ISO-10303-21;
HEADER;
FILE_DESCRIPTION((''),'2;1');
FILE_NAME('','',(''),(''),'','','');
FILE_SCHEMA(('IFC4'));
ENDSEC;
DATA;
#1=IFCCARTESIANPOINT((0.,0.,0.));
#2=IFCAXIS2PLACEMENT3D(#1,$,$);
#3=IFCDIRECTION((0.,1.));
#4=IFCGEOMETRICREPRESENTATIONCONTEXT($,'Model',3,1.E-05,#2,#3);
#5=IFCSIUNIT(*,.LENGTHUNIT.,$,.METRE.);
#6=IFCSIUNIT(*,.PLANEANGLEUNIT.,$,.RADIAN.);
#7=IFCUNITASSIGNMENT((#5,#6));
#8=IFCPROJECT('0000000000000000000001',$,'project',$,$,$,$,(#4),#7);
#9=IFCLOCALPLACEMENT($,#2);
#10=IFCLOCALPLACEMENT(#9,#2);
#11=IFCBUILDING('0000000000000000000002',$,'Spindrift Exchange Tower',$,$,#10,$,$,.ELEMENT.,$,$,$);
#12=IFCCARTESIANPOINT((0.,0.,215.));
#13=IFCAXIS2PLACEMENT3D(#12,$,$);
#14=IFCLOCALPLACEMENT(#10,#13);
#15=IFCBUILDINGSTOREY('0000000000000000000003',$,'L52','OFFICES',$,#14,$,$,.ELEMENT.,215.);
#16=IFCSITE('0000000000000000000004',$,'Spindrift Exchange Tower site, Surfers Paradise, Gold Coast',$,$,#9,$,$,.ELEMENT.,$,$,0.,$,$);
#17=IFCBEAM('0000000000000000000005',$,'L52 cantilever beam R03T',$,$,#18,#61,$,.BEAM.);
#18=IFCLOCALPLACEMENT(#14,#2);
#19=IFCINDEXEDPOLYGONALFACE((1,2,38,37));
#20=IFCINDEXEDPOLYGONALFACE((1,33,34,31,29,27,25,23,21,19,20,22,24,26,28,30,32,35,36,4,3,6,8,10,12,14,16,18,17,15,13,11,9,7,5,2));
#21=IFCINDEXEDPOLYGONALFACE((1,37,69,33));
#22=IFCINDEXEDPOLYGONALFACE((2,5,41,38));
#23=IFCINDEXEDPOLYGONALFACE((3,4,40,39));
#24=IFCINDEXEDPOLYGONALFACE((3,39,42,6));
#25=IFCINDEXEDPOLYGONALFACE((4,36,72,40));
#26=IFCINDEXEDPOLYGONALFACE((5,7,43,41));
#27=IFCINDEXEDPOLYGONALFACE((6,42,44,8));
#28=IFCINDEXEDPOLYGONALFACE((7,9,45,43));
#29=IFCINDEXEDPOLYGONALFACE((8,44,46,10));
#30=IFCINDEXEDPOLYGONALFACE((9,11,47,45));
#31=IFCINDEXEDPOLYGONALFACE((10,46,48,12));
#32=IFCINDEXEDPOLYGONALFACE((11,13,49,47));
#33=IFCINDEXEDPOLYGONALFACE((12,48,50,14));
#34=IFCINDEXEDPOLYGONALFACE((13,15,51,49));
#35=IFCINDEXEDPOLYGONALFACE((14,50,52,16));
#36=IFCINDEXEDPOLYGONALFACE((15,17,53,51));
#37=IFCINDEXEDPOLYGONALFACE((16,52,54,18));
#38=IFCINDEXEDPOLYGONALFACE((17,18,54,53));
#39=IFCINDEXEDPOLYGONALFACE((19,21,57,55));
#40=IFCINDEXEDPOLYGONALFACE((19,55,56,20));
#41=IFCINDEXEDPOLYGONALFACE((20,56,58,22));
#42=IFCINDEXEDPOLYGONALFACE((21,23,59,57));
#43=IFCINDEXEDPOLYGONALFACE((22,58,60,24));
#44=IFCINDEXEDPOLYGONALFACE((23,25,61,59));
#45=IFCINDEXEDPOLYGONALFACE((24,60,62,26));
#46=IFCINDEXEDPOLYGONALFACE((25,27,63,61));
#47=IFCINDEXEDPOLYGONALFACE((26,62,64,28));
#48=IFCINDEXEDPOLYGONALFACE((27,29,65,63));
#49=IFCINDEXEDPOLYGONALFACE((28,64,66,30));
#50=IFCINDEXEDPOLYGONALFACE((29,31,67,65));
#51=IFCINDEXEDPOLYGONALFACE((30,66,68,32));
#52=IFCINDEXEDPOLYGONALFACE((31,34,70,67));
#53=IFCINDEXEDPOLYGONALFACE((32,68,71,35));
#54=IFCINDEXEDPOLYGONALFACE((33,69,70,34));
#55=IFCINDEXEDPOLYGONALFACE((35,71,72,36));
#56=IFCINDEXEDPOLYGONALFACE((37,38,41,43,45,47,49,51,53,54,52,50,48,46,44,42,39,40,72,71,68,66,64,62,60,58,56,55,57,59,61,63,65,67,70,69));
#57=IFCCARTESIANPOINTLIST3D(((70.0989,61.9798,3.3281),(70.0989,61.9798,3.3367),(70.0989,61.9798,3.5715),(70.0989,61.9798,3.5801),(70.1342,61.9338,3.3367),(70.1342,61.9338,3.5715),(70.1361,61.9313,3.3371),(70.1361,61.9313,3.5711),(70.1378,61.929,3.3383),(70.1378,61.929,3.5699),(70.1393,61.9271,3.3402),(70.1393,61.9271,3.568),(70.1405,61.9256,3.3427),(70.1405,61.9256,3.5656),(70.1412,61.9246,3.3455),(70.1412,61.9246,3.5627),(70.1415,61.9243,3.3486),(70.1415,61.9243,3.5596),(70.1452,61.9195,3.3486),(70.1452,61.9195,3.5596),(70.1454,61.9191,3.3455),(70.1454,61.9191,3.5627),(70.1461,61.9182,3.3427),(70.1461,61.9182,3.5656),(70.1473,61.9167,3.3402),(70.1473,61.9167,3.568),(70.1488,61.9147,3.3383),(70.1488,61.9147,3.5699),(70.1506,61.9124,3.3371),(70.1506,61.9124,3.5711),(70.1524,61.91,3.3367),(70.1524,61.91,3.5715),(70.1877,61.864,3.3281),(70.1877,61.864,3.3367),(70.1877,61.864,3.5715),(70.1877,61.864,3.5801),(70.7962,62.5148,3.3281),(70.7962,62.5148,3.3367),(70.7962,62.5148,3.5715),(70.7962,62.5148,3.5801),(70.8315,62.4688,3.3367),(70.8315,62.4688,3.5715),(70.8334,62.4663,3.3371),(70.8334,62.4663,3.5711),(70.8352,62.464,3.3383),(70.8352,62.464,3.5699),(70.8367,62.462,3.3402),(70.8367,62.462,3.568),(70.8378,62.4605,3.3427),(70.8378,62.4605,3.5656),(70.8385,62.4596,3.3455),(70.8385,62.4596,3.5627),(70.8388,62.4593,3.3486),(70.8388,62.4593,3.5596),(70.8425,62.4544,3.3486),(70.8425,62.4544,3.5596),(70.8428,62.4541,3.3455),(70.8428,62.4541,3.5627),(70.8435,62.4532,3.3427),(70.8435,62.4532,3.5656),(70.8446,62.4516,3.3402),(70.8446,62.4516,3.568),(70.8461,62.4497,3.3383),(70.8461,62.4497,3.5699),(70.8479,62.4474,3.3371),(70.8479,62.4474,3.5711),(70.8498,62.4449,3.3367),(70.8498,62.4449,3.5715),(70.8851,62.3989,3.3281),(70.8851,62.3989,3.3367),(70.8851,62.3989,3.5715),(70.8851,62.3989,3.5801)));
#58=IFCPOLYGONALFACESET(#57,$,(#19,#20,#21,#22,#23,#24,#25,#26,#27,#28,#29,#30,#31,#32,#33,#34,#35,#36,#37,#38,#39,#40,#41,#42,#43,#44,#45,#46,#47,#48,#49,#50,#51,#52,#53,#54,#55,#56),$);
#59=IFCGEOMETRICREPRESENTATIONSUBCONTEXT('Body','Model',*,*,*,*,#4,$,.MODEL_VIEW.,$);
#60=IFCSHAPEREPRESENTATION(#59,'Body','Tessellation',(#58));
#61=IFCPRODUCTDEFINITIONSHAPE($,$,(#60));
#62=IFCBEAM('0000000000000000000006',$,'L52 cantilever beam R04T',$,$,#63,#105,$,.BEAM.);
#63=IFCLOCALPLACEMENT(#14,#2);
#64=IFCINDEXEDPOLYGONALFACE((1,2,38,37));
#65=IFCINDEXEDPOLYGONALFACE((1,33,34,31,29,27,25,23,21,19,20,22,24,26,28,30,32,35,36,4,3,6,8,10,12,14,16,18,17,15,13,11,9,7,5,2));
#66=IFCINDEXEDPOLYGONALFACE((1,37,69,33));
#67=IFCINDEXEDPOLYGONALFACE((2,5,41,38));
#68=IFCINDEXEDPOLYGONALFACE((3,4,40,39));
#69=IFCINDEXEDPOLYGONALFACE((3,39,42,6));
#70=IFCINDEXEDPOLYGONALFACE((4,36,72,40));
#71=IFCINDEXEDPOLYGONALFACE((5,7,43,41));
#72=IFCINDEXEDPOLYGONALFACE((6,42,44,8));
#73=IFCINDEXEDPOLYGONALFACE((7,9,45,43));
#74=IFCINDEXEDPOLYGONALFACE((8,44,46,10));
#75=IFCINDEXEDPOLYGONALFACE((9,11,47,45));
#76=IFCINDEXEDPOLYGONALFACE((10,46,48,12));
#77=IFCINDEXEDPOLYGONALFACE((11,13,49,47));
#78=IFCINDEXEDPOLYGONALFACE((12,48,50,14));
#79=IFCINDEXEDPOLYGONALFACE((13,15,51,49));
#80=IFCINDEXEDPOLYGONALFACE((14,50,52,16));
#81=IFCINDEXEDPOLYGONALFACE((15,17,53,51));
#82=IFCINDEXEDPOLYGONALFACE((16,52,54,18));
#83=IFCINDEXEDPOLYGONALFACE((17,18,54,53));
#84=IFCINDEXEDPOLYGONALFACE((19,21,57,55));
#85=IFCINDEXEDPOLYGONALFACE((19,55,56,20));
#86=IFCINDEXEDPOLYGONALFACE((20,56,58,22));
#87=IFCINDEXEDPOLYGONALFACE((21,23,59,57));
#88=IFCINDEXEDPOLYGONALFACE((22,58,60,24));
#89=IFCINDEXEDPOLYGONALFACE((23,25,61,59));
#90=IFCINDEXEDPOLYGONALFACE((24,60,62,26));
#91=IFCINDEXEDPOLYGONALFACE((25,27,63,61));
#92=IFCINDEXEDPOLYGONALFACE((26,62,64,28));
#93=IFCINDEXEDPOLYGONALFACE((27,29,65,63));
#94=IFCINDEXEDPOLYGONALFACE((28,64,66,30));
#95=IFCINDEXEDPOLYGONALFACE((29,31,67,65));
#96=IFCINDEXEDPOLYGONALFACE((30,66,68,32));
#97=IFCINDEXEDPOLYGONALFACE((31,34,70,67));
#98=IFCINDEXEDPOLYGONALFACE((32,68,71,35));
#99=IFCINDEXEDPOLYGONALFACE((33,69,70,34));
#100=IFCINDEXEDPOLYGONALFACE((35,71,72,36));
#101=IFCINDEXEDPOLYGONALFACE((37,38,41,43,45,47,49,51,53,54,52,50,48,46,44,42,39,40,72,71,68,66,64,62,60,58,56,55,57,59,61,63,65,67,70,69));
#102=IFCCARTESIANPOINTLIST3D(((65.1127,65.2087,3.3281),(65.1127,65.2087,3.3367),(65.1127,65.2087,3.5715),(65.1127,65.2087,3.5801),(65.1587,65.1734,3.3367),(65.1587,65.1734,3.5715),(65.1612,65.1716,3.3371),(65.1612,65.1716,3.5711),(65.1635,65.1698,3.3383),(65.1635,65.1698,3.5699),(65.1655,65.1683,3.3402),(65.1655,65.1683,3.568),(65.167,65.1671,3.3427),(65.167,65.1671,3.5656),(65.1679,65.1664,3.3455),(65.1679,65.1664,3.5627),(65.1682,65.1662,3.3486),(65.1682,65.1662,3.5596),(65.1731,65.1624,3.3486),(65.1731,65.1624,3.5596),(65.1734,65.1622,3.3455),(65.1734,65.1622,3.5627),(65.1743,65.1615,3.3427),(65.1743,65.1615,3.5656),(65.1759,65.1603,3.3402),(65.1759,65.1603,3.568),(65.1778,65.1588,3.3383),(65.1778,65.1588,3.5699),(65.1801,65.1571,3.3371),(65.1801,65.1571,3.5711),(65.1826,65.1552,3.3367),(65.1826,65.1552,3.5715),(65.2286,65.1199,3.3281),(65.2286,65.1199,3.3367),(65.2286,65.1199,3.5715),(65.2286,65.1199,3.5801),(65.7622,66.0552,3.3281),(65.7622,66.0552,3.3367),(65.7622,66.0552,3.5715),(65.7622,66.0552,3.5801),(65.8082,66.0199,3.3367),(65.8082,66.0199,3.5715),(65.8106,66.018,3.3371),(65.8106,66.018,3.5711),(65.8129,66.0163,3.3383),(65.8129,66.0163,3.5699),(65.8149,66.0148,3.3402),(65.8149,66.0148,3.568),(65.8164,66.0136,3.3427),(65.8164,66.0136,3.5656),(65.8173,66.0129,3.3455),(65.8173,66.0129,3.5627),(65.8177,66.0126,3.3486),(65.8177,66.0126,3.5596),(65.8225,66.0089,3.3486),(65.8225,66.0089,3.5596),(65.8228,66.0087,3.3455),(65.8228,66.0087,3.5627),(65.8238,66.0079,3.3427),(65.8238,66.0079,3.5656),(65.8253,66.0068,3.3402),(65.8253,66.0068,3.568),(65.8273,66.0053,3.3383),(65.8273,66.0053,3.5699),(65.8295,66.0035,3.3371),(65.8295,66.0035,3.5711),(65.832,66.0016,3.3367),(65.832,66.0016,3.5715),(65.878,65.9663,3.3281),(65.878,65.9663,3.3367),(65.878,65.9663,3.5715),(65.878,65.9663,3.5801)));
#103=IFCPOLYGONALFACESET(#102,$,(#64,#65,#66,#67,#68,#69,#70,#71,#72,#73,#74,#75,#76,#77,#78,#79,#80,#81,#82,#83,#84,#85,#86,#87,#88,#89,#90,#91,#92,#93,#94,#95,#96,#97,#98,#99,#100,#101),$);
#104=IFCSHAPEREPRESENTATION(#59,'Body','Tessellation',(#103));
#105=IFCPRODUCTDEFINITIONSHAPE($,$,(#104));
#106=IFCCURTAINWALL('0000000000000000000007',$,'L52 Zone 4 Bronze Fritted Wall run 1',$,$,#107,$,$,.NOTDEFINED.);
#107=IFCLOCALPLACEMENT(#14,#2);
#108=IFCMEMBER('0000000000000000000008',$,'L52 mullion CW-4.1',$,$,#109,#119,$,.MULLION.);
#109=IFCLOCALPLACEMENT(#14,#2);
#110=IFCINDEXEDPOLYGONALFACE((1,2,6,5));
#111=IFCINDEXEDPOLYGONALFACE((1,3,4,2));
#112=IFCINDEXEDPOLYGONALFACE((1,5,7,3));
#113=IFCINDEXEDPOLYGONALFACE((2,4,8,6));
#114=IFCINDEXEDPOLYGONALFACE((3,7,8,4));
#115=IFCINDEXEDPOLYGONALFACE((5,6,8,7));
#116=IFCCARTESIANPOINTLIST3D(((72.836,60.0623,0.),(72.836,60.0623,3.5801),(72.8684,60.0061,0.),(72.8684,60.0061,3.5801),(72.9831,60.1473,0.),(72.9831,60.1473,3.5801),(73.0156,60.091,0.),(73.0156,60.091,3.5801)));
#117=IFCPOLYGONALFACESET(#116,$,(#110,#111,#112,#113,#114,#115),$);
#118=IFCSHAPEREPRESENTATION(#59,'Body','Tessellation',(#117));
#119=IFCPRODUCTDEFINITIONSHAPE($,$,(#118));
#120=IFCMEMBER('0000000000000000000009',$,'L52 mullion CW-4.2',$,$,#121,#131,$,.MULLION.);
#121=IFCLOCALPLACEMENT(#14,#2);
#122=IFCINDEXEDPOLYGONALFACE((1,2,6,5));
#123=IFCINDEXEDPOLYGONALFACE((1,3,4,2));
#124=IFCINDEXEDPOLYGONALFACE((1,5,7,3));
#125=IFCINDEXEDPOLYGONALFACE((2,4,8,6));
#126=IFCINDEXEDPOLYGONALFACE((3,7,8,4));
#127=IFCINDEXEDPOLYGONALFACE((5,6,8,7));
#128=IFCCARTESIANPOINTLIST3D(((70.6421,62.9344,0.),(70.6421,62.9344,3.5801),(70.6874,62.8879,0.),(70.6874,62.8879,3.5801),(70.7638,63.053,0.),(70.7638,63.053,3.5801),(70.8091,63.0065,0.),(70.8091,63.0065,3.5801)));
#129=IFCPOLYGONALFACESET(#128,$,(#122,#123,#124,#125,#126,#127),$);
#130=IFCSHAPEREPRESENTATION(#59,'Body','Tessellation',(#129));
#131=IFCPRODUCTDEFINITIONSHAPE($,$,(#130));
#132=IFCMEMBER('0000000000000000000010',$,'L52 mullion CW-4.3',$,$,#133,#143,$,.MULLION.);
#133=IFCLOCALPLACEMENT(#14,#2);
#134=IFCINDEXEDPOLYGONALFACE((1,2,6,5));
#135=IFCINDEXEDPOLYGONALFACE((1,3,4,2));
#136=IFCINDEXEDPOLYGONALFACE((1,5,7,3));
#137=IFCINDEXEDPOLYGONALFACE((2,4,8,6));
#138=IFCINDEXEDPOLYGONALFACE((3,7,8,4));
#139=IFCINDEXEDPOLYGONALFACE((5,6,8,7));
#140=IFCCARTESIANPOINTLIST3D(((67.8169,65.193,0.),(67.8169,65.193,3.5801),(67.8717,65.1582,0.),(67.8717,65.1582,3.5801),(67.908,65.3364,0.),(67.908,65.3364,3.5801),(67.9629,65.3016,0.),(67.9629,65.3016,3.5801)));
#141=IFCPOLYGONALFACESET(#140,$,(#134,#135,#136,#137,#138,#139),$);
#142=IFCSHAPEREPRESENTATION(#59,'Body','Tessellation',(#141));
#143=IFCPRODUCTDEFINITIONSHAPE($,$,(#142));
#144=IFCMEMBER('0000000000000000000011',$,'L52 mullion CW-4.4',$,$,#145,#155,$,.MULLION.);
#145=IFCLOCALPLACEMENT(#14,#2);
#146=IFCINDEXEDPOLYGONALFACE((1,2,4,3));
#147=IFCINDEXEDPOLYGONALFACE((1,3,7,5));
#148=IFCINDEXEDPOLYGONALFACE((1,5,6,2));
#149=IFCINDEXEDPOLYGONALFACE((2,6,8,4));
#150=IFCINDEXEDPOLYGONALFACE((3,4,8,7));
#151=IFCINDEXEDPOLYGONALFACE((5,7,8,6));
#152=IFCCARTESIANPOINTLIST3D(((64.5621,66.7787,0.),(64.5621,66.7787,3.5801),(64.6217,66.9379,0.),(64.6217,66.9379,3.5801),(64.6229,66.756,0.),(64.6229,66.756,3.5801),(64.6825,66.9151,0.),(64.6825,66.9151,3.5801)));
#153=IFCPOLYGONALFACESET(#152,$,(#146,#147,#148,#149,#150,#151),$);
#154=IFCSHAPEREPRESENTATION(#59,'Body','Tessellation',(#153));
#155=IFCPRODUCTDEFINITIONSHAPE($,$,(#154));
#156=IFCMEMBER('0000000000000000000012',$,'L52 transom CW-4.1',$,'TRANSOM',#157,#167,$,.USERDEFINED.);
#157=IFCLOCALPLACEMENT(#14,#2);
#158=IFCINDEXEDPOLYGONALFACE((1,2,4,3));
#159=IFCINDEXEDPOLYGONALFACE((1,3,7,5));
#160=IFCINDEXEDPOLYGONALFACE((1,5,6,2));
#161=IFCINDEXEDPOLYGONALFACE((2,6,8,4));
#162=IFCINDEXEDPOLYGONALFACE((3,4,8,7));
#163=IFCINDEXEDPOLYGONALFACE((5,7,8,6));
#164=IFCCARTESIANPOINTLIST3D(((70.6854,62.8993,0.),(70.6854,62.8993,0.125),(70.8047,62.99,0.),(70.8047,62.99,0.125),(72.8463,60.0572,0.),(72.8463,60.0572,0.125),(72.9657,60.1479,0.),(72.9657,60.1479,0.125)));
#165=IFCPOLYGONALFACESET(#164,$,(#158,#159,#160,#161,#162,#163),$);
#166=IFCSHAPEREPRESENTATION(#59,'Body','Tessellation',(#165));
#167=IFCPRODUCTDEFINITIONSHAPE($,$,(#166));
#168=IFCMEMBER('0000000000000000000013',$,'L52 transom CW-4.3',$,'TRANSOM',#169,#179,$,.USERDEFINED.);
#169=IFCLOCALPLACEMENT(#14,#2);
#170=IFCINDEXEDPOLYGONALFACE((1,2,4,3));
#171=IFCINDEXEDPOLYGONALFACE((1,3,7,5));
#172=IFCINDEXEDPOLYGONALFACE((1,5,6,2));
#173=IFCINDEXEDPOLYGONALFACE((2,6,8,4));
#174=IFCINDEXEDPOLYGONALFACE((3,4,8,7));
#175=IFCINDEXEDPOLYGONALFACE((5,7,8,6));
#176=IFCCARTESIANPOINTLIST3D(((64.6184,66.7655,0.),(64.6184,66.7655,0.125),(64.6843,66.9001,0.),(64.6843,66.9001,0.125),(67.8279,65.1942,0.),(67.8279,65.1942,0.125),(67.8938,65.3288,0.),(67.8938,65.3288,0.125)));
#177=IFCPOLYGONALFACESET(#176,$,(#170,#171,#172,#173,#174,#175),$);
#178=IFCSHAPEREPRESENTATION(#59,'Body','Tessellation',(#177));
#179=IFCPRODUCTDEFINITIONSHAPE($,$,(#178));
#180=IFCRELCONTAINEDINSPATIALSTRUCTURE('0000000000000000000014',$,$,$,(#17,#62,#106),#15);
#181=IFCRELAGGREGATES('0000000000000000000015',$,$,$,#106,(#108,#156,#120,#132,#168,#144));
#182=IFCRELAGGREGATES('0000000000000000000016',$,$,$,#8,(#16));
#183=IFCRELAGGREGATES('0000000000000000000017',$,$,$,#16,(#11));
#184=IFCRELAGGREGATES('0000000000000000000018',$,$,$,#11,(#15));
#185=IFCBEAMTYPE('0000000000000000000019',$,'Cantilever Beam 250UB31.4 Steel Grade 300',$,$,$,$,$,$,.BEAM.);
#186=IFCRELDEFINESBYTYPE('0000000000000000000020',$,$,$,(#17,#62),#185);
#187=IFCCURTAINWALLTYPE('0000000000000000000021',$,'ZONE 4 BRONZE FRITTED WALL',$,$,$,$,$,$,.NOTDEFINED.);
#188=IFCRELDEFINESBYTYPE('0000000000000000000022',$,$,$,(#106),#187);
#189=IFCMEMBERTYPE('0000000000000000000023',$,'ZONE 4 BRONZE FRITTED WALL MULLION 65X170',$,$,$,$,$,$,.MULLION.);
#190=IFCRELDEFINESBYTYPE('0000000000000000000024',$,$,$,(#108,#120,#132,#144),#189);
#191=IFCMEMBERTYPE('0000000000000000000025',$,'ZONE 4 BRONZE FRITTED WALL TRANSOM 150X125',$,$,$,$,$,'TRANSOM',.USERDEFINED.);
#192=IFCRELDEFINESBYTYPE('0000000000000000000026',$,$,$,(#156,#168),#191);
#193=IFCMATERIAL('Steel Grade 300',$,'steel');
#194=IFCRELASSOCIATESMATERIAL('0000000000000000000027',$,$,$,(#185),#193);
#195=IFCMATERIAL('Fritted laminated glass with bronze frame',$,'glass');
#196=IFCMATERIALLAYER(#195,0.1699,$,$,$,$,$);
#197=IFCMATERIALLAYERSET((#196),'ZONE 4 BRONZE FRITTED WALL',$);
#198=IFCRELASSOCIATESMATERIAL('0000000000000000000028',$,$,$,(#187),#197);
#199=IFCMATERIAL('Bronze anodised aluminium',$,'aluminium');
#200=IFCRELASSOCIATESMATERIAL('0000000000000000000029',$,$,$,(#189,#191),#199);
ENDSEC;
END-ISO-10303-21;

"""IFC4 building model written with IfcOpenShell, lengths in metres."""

from ifc_helpers import new_model, si_unit, direction, frame, origin, origin_2d, place, context, subcontext, project, spatial, rectangle, i_section, extrude, source, transform, mapped, material, layer, layer_set, material_profile, profile_set, type_object, element, aggregate, save


model = new_model("IFC4")

# Units and contexts
model_context = context("Model", 3, precision=1e-05, world=origin(), true_north=direction((0.0, 1.0)))
body_context = subcontext(model_context, "Body", "Model", "MODEL_VIEW")
ifc_project = project(units=[si_unit("LENGTHUNIT", "METRE"), si_unit("PLANEANGLEUNIT", "RADIAN")], contexts=[model_context])

# Site, building, storey
site_placement = place(None, origin())
site = spatial("IfcSite", under=ifc_project, at=site_placement, Name="Spindrift Exchange Tower site, Surfers Paradise, Gold Coast", CompositionType="ELEMENT", RefElevation=0.0)
building_placement = place(site_placement, origin())
building = spatial("IfcBuilding", under=site, at=building_placement, Name="Spindrift Exchange Tower", CompositionType="ELEMENT")
storey_placement = place(building_placement, frame((0.0, 0.0, 215.0)))
storey = spatial("IfcBuildingStorey", under=building, at=storey_placement, Name="L52", Description="OFFICES", CompositionType="ELEMENT", Elevation=215.0)

# Beams
ifc_material_1 = material(Name="Steel Grade 300", Category="steel")
ifc_material_profile_1 = material_profile(ifc_material_1, i_section(OverallWidth=0.146, OverallDepth=0.252, WebThickness=0.0061, FlangeThickness=0.0085, FilletRadius=0.012, at=origin_2d()), Name="250UB31.4")
ifc_profile_set_1 = profile_set([ifc_material_profile_1], Name="Steel Grade 300")
beam_type_1 = type_object("IfcBeamType", Name="Cantilever Beam 250UB31.4 Steel Grade 300", PredefinedType="BEAM", material=ifc_profile_set_1)
shared_shape_1 = source(origin(), body_context, "Body", "SweptSolid", [
    extrude(i_section(OverallWidth=0.146, OverallDepth=0.252, WebThickness=0.0061, FlangeThickness=0.0085, FilletRadius=0.012, at=origin_2d()), origin(), (0.0, 0.0, 1.0), 0.8789),
])
beam_1_placement = place(storey_placement, frame((70.1433, 61.9219, 3.4541), z_axis=(0.793419, 0.608676, 0.0), x_axis=(-0.608676, 0.793419, 0.0)))
element("IfcBeam", 1, at=beam_1_placement, inside=storey, type_object=beam_type_1, Name="L52 cantilever beam R03T", PredefinedType="BEAM", context=body_context, shape_type="MappedRepresentation", body=[
    mapped(shared_shape_1, transform((0.0, 0.0, 0.0), scale=1.0)),
])
shared_shape_2 = source(origin(), body_context, "Body", "SweptSolid", [
    extrude(i_section(OverallWidth=0.146, OverallDepth=0.252, WebThickness=0.0061, FlangeThickness=0.0085, FilletRadius=0.012, at=origin_2d()), origin(), (0.0, 0.0, 1.0), 1.0669),
])
beam_2_placement = place(storey_placement, frame((65.1707, 65.1643, 3.4541), z_axis=(0.608715, 0.793389, 0.0), x_axis=(-0.793389, 0.608715, 0.0)))
element("IfcBeam", 2, at=beam_2_placement, inside=storey, type_object=beam_type_1, Name="L52 cantilever beam R04T", PredefinedType="BEAM", context=body_context, shape_type="MappedRepresentation", body=[
    mapped(shared_shape_2, transform((0.0, 0.0, 0.0), scale=1.0)),
])

# Curtain wall, members
ifc_material_2 = material(Name="Fritted laminated glass with bronze frame", Category="glass")
ifc_layer_1 = layer(ifc_material_2, 0.1699)
ifc_layer_set_1 = layer_set([ifc_layer_1], Name="ZONE 4 BRONZE FRITTED WALL")
curtain_wall_type = type_object("IfcCurtainWallType", Name="ZONE 4 BRONZE FRITTED WALL", PredefinedType="NOTDEFINED", material=ifc_layer_set_1)
curtain_wall_1_placement = place(storey_placement, origin())
curtain_wall_1 = element("IfcCurtainWall", 3, at=curtain_wall_1_placement, inside=storey, type_object=curtain_wall_type, Name="L52 Zone 4 Bronze Fritted Wall run 1", PredefinedType="NOTDEFINED")
ifc_material_3 = material(Name="Bronze anodised aluminium", Category="aluminium")
ifc_material_profile_2 = material_profile(ifc_material_3, rectangle(XDim=0.0649, YDim=0.1699, at=origin_2d()), Name="ZONE 4 BRONZE FRITTED WALL MULLION 65X170")
ifc_profile_set_2 = profile_set([ifc_material_profile_2], Name="Bronze anodised aluminium")
member_type_1 = type_object("IfcMemberType", Name="ZONE 4 BRONZE FRITTED WALL MULLION 65X170", PredefinedType="MULLION", material=ifc_profile_set_2)
shared_shape_3 = source(origin(), body_context, "Body", "SweptSolid", [
    extrude(rectangle(XDim=0.0649, YDim=0.1699, at=origin_2d()), origin(), (0.0, 0.0, 1.0), 3.5801),
])
member_1_placement = place(storey_placement, frame((72.9258, 60.0767, 0.0), z_axis=(0.0, 0.0, 1.0), x_axis=(-0.499846, 0.866114, 0.0)))
member_1 = element("IfcMember", 4, at=member_1_placement, type_object=member_type_1, Name="L52 mullion CW-4.1", PredefinedType="MULLION", context=body_context, shape_type="MappedRepresentation", body=[
    mapped(shared_shape_3, transform((0.0, 0.0, 0.0), scale=1.0)),
])
member_2_placement = place(storey_placement, frame((70.7256, 62.9705, 0.0), z_axis=(0.0, 0.0, 1.0), x_axis=(-0.697677, 0.716412, 0.0)))
member_2 = element("IfcMember", 5, at=member_2_placement, type_object=member_type_1, Name="L52 mullion CW-4.2", PredefinedType="MULLION", context=body_context, shape_type="MappedRepresentation", body=[
    mapped(shared_shape_3, transform((0.0, 0.0, 0.0), scale=1.0)),
])
member_3_placement = place(storey_placement, frame((67.8899, 65.2473, 0.0), z_axis=(0.0, 0.0, 1.0), x_axis=(-0.844105, 0.536178, 0.0)))
member_3 = element("IfcMember", 6, at=member_3_placement, type_object=member_type_1, Name="L52 mullion CW-4.3", PredefinedType="MULLION", context=body_context, shape_type="MappedRepresentation", body=[
    mapped(shared_shape_3, transform((0.0, 0.0, 0.0), scale=1.0)),
])
member_4_placement = place(storey_placement, frame((64.6223, 66.8469, 0.0), z_axis=(0.0, 0.0, 1.0), x_axis=(-0.936536, 0.350572, 0.0)))
member_4 = element("IfcMember", 7, at=member_4_placement, type_object=member_type_1, Name="L52 mullion CW-4.4", PredefinedType="MULLION", context=body_context, shape_type="MappedRepresentation", body=[
    mapped(shared_shape_3, transform((0.0, 0.0, 0.0), scale=1.0)),
])
ifc_material_profile_3 = material_profile(ifc_material_3, rectangle(XDim=0.1499, YDim=0.125, at=origin_2d()), Name="ZONE 4 BRONZE FRITTED WALL TRANSOM 150X125")
ifc_profile_set_3 = profile_set([ifc_material_profile_3], Name="Bronze anodised aluminium")
member_type_2 = type_object("IfcMemberType", Name="ZONE 4 BRONZE FRITTED WALL TRANSOM 150X125", ElementType="TRANSOM", PredefinedType="USERDEFINED", material=ifc_profile_set_3)
shared_shape_4 = source(origin(), body_context, "Body", "SweptSolid", [
    extrude(rectangle(XDim=0.1499, YDim=0.125, at=origin_2d()), origin(), (0.0, 0.0, 1.0), 3.5703),
])
member_5_placement = place(storey_placement, frame((72.906, 60.1025, 0.0625), z_axis=(-0.60525, 0.796036, 0.0), x_axis=(-0.796036, -0.60525, 0.0)))
member_5 = element("IfcMember", 8, at=member_5_placement, type_object=member_type_2, Name="L52 transom CW-4.1", ObjectType="TRANSOM", PredefinedType="USERDEFINED", context=body_context, shape_type="MappedRepresentation", body=[
    mapped(shared_shape_4, transform((0.0, 0.0, 0.0), scale=1.0)),
])
shared_shape_5 = source(origin(), body_context, "Body", "SweptSolid", [
    extrude(rectangle(XDim=0.1499, YDim=0.125, at=origin_2d()), origin(), (0.0, 0.0, 1.0), 3.5735),
])
member_6_placement = place(storey_placement, frame((67.8608, 65.2615, 0.0625), z_axis=(-0.89814, 0.43971, 0.0), x_axis=(-0.43971, -0.89814, 0.0)))
member_6 = element("IfcMember", 9, at=member_6_placement, type_object=member_type_2, Name="L52 transom CW-4.3", ObjectType="TRANSOM", PredefinedType="USERDEFINED", context=body_context, shape_type="MappedRepresentation", body=[
    mapped(shared_shape_5, transform((0.0, 0.0, 0.0), scale=1.0)),
])

aggregate(curtain_wall_1, [member_1, member_5, member_2, member_3, member_6, member_4])

save(model, "model.ifc")
